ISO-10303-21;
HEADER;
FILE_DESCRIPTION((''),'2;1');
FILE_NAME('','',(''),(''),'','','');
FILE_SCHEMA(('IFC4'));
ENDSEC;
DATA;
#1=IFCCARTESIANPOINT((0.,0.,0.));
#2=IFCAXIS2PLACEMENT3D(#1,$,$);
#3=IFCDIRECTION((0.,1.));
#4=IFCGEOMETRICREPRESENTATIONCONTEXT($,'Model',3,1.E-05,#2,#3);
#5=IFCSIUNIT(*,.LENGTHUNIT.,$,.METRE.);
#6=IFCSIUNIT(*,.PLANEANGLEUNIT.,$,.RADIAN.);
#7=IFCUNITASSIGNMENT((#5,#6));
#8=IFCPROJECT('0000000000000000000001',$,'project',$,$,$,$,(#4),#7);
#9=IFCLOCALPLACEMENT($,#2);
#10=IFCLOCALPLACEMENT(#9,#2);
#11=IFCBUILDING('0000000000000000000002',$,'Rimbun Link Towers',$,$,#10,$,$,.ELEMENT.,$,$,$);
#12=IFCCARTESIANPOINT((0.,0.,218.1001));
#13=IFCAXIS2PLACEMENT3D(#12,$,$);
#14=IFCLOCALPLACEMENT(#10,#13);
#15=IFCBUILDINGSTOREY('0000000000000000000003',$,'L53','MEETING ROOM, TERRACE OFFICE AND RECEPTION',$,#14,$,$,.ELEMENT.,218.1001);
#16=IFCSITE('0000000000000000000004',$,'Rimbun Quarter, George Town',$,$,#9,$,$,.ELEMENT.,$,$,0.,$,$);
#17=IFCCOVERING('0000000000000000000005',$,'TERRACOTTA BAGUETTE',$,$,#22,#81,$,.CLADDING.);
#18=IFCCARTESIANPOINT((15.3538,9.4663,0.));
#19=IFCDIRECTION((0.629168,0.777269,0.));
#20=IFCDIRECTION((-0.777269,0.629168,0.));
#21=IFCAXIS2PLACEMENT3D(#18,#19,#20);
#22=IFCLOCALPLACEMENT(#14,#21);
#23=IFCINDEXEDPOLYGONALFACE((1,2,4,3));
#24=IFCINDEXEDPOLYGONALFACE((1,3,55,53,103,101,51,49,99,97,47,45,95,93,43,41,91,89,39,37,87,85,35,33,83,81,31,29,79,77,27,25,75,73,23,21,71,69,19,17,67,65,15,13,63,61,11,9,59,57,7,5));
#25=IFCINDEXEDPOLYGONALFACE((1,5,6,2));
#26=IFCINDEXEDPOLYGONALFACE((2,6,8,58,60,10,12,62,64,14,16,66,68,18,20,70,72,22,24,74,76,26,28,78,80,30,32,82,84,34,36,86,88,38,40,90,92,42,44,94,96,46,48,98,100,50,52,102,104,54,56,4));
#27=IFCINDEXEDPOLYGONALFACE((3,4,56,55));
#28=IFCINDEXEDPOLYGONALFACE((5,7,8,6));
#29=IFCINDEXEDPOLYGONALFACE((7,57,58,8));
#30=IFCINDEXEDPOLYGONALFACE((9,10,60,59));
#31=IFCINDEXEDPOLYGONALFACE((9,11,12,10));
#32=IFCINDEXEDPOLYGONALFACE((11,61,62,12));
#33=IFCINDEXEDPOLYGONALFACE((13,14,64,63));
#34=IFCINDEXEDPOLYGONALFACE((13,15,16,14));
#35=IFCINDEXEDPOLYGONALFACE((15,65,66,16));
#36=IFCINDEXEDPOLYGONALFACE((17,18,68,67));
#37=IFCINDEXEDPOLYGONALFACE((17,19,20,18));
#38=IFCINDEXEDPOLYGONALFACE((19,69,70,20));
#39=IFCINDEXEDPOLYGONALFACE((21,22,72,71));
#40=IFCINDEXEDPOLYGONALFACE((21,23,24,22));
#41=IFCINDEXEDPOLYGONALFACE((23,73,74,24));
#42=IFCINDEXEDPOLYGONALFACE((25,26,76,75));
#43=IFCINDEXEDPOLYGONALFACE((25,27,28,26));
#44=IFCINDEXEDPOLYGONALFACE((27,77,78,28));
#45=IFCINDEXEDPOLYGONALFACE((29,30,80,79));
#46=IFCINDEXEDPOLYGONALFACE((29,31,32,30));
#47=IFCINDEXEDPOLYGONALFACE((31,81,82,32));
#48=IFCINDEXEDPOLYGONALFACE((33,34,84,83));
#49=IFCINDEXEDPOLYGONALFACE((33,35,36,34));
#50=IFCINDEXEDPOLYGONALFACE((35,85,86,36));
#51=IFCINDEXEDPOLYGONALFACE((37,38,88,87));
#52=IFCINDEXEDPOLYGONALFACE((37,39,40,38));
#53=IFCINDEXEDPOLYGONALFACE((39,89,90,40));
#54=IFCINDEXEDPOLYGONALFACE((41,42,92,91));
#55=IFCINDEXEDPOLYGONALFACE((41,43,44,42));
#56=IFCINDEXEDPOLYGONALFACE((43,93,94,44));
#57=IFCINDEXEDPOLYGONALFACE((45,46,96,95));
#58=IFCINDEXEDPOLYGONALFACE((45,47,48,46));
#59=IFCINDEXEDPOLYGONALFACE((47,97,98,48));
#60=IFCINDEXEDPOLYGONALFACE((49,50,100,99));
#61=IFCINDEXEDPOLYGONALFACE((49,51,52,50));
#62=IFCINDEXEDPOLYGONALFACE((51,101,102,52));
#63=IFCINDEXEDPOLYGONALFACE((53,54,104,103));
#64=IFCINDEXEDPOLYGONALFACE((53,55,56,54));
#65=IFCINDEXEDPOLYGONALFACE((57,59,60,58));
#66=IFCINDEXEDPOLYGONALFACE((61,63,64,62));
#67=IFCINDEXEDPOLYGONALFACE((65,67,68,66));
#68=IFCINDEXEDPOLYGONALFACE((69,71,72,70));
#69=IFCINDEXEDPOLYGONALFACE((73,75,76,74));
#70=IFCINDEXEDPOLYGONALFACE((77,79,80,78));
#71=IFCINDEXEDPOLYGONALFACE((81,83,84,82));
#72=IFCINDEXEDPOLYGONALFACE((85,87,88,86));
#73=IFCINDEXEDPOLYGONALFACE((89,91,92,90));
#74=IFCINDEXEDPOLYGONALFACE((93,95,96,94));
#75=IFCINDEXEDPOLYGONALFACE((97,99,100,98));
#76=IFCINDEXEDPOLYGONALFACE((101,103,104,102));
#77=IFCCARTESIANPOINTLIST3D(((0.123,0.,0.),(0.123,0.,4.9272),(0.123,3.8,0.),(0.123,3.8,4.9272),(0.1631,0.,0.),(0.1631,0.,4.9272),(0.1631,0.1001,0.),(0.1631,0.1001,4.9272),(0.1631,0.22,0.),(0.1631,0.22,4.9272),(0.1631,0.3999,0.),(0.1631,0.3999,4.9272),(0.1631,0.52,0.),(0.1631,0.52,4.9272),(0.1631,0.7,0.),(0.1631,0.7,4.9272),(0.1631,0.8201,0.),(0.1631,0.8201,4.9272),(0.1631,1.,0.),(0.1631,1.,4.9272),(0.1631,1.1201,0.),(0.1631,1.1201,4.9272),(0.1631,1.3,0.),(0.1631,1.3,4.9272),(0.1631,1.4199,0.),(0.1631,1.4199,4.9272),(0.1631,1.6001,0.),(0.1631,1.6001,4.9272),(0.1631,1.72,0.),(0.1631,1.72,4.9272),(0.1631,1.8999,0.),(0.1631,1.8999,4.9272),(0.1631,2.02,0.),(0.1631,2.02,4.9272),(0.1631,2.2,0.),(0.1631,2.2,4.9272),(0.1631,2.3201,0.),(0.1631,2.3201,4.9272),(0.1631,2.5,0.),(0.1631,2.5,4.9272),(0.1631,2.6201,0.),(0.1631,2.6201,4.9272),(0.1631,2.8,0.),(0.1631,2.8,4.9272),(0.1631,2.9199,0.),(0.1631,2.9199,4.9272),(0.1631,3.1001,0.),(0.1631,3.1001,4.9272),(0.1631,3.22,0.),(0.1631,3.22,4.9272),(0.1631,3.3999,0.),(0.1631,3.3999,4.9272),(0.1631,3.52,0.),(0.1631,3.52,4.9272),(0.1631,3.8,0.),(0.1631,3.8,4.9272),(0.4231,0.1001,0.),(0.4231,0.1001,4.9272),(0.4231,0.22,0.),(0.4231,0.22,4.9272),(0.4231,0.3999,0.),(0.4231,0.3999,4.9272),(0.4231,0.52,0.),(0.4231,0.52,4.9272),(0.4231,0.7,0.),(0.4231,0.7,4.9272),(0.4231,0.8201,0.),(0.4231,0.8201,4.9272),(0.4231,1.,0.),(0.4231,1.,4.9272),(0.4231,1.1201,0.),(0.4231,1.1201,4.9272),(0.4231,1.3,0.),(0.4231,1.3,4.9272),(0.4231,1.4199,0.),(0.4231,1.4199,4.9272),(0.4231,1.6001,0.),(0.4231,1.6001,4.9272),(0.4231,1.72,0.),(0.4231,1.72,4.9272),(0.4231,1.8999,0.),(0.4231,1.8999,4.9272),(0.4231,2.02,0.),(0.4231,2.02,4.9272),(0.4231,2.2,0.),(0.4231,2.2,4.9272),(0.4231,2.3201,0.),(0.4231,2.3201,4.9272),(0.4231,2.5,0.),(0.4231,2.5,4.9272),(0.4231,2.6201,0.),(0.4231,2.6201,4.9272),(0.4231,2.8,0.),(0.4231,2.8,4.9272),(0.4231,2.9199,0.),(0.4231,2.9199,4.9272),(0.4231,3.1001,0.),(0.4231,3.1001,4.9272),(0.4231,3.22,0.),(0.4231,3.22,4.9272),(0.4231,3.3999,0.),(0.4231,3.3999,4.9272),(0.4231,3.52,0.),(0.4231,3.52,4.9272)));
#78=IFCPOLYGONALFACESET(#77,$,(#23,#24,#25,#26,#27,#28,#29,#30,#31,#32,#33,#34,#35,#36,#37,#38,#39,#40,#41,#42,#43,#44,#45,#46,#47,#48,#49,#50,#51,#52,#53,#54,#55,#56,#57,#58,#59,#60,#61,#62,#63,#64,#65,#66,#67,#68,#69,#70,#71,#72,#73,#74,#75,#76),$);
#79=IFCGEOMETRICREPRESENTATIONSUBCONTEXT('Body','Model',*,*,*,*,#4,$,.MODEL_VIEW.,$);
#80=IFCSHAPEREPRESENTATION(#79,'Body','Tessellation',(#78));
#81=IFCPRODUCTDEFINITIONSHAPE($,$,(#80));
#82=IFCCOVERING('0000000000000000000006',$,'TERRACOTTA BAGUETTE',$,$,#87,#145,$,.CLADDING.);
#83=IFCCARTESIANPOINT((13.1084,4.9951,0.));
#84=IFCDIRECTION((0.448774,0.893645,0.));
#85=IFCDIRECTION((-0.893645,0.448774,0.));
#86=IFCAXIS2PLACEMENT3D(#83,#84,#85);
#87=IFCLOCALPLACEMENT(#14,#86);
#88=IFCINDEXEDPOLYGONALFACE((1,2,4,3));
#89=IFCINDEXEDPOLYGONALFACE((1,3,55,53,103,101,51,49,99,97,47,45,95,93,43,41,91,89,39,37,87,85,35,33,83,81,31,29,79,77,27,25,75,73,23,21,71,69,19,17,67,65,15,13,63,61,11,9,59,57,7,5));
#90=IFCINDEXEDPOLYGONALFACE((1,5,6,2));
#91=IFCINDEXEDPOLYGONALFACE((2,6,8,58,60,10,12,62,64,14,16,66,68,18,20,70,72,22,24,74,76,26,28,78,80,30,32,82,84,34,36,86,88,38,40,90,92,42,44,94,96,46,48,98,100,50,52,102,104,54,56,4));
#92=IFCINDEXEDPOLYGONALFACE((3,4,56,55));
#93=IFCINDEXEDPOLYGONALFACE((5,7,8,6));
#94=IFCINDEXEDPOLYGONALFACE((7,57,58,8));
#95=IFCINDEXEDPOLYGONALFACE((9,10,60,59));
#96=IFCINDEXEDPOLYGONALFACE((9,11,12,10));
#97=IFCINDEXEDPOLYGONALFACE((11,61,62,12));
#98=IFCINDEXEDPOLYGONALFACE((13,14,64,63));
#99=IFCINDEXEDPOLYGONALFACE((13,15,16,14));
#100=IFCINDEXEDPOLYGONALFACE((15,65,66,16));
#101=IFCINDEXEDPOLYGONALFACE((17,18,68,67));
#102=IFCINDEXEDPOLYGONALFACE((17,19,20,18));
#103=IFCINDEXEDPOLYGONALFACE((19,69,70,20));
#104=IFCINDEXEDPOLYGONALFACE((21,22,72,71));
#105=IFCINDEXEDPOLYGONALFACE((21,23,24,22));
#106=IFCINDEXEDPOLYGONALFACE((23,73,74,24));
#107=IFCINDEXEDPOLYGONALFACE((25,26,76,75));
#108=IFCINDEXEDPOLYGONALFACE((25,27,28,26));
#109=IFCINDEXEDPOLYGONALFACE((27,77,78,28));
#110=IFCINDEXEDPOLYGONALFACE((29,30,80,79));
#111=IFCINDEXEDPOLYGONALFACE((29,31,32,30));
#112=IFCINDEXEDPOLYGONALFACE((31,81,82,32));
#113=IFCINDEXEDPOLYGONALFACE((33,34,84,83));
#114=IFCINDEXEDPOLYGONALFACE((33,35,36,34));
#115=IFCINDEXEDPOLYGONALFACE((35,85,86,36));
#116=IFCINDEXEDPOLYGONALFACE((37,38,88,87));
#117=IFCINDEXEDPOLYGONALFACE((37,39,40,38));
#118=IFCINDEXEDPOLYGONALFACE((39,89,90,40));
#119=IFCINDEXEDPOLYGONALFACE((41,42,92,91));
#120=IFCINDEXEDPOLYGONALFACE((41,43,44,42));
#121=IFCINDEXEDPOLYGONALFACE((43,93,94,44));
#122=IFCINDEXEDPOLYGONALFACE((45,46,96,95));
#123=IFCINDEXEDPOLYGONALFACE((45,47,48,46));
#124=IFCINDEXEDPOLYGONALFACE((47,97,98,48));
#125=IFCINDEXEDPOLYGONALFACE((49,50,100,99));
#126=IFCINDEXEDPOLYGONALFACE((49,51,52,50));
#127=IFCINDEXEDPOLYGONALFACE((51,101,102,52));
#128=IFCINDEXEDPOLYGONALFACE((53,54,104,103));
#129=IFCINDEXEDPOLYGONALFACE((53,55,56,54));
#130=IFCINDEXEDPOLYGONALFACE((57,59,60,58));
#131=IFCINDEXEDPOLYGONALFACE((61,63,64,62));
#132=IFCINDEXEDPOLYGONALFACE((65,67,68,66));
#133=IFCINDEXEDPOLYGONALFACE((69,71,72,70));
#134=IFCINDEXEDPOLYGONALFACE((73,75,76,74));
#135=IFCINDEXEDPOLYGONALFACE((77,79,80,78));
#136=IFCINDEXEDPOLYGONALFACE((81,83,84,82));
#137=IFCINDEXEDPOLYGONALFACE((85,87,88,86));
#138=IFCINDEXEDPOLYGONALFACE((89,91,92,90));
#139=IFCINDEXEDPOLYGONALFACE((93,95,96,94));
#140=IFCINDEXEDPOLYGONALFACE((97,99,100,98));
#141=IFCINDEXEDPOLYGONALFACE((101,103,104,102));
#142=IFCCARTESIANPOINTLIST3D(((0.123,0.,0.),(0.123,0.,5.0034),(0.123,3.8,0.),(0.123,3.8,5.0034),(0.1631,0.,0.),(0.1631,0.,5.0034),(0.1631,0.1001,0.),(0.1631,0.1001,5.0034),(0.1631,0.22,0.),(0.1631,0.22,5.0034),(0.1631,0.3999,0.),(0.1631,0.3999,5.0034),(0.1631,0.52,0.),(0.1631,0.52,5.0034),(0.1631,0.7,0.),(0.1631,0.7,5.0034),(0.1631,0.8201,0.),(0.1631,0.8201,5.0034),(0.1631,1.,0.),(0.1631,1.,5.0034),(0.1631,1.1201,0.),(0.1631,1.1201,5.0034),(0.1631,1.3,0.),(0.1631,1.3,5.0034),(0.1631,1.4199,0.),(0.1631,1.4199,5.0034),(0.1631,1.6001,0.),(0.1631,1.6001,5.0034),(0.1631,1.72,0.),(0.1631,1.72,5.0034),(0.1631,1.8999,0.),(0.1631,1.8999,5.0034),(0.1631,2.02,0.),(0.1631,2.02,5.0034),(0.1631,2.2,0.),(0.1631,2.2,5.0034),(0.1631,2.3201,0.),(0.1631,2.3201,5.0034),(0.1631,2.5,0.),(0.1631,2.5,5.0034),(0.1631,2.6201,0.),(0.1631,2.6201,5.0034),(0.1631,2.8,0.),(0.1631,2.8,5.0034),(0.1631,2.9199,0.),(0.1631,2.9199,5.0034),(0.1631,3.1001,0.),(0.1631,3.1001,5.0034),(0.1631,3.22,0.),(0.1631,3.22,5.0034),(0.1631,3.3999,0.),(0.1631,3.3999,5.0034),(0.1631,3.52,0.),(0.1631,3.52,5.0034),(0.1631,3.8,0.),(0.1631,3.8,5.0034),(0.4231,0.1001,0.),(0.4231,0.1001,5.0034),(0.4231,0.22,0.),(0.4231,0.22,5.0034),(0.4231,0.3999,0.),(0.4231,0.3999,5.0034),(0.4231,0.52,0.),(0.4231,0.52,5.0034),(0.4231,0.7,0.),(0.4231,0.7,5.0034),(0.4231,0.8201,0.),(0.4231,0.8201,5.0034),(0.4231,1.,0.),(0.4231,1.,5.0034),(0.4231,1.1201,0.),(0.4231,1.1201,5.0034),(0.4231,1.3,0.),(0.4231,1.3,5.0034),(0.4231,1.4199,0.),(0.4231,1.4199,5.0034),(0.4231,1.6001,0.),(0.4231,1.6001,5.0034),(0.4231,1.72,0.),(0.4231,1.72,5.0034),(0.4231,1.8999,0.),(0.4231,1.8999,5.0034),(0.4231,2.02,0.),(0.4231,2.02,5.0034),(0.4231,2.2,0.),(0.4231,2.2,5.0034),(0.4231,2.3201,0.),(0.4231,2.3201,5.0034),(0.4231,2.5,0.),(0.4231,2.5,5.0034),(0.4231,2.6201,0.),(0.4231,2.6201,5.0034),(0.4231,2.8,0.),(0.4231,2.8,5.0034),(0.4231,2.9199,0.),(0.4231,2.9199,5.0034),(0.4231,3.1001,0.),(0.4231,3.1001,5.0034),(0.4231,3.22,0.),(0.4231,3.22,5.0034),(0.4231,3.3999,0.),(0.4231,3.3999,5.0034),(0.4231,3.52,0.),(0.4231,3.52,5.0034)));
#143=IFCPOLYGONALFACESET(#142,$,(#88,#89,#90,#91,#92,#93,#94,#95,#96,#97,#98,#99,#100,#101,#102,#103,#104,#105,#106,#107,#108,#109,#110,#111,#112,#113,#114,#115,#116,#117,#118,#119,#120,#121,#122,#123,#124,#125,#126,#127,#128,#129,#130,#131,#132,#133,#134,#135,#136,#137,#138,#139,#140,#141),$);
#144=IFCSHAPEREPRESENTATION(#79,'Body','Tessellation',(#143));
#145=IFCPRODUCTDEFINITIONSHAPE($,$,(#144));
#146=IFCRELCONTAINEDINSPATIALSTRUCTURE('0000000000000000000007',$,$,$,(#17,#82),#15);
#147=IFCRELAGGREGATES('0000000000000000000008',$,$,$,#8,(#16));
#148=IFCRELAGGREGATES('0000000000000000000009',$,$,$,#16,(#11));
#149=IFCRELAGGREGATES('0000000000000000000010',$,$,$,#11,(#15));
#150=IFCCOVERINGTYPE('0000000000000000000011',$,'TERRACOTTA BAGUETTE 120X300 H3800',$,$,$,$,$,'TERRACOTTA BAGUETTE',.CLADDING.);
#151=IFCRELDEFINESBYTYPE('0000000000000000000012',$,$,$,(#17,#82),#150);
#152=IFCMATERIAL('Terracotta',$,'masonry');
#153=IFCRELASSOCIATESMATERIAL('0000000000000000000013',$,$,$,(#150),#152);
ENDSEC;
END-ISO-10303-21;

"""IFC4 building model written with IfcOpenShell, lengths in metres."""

from ifc_helpers import new_model, si_unit, direction, frame, origin, place, context, subcontext, project, spatial, polyline, outline, extrude, material, material_profile, profile_set, type_object, element, save


model = new_model("IFC4")

# Units and contexts
model_context = context("Model", 3, precision=1e-05, world=origin(), true_north=direction((0.0, 1.0)))
body_context = subcontext(model_context, "Body", "Model", "MODEL_VIEW")
ifc_project = project(units=[si_unit("LENGTHUNIT", "METRE"), si_unit("PLANEANGLEUNIT", "RADIAN")], contexts=[model_context])

# Site, building, storey
site_placement = place(None, origin())
site = spatial("IfcSite", under=ifc_project, at=site_placement, Name="Rimbun Quarter, George Town", CompositionType="ELEMENT", RefElevation=0.0)
building_placement = place(site_placement, origin())
building = spatial("IfcBuilding", under=site, at=building_placement, Name="Rimbun Link Towers", CompositionType="ELEMENT")
storey_placement = place(building_placement, frame((0.0, 0.0, 218.1001)))
storey = spatial("IfcBuildingStorey", under=building, at=storey_placement, Name="L53", Description="MEETING ROOM, TERRACE OFFICE AND RECEPTION", CompositionType="ELEMENT", Elevation=218.1001)

# Coverings
ifc_material_1 = material(Name="Terracotta", Category="masonry")
ifc_material_profile_1 = material_profile(ifc_material_1, outline(polyline([(0.123, 0.0), (0.1631, 0.0), (0.1631, 0.1001), (0.4231, 0.1001), (0.4231, 0.22), (0.1631, 0.22), (0.1631, 0.3999), (0.4231, 0.3999), (0.4231, 0.52), (0.1631, 0.52), (0.1631, 0.7), (0.4231, 0.7), (0.4231, 0.8201), (0.1631, 0.8201), (0.1631, 1.0), (0.4231, 1.0), (0.4231, 1.1201), (0.1631, 1.1201), (0.1631, 1.3), (0.4231, 1.3), (0.4231, 1.4199), (0.1631, 1.4199), (0.1631, 1.6001), (0.4231, 1.6001), (0.4231, 1.72), (0.1631, 1.72), (0.1631, 1.8999), (0.4231, 1.8999), (0.4231, 2.02), (0.1631, 2.02), (0.1631, 2.2), (0.4231, 2.2), (0.4231, 2.3201), (0.1631, 2.3201), (0.1631, 2.5), (0.4231, 2.5), (0.4231, 2.6201), (0.1631, 2.6201), (0.1631, 2.8), (0.4231, 2.8), (0.4231, 2.9199), (0.1631, 2.9199), (0.1631, 3.1001), (0.4231, 3.1001), (0.4231, 3.22), (0.1631, 3.22), (0.1631, 3.3999), (0.4231, 3.3999), (0.4231, 3.52), (0.1631, 3.52), (0.1631, 3.8), (0.123, 3.8), (0.123, 0.0)])), Name="BAGUETTE 120X300")
ifc_profile_set_1 = profile_set([ifc_material_profile_1], Name="Terracotta")
covering_type_1 = type_object("IfcCoveringType", Name="TERRACOTTA BAGUETTE 120X300 H3800", ElementType="TERRACOTTA BAGUETTE", PredefinedType="CLADDING", material=ifc_profile_set_1)
covering_1_placement = place(storey_placement, frame((15.3538, 9.4663, 0.0), z_axis=(0.629168, 0.777269, 0.0), x_axis=(-0.777269, 0.629168, 0.0)))
element("IfcCovering", 1, at=covering_1_placement, inside=storey, type_object=covering_type_1, Name="TERRACOTTA BAGUETTE", PredefinedType="CLADDING", context=body_context, shape_type="SweptSolid", body=[
    extrude(outline(polyline([(0.123, 0.0), (0.1631, 0.0), (0.1631, 0.1001), (0.4231, 0.1001), (0.4231, 0.22), (0.1631, 0.22), (0.1631, 0.3999), (0.4231, 0.3999), (0.4231, 0.52), (0.1631, 0.52), (0.1631, 0.7), (0.4231, 0.7), (0.4231, 0.8201), (0.1631, 0.8201), (0.1631, 1.0), (0.4231, 1.0), (0.4231, 1.1201), (0.1631, 1.1201), (0.1631, 1.3), (0.4231, 1.3), (0.4231, 1.4199), (0.1631, 1.4199), (0.1631, 1.6001), (0.4231, 1.6001), (0.4231, 1.72), (0.1631, 1.72), (0.1631, 1.8999), (0.4231, 1.8999), (0.4231, 2.02), (0.1631, 2.02), (0.1631, 2.2), (0.4231, 2.2), (0.4231, 2.3201), (0.1631, 2.3201), (0.1631, 2.5), (0.4231, 2.5), (0.4231, 2.6201), (0.1631, 2.6201), (0.1631, 2.8), (0.4231, 2.8), (0.4231, 2.9199), (0.1631, 2.9199), (0.1631, 3.1001), (0.4231, 3.1001), (0.4231, 3.22), (0.1631, 3.22), (0.1631, 3.3999), (0.4231, 3.3999), (0.4231, 3.52), (0.1631, 3.52), (0.1631, 3.8), (0.123, 3.8), (0.123, 0.0)])), origin(), (0.0, 0.0, 1.0), 4.9272),
])
covering_2_placement = place(storey_placement, frame((13.1084, 4.9951, 0.0), z_axis=(0.448774, 0.893645, 0.0), x_axis=(-0.893645, 0.448774, 0.0)))
element("IfcCovering", 2, at=covering_2_placement, inside=storey, type_object=covering_type_1, Name="TERRACOTTA BAGUETTE", PredefinedType="CLADDING", context=body_context, shape_type="SweptSolid", body=[
    extrude(outline(polyline([(0.123, 0.0), (0.1631, 0.0), (0.1631, 0.1001), (0.4231, 0.1001), (0.4231, 0.22), (0.1631, 0.22), (0.1631, 0.3999), (0.4231, 0.3999), (0.4231, 0.52), (0.1631, 0.52), (0.1631, 0.7), (0.4231, 0.7), (0.4231, 0.8201), (0.1631, 0.8201), (0.1631, 1.0), (0.4231, 1.0), (0.4231, 1.1201), (0.1631, 1.1201), (0.1631, 1.3), (0.4231, 1.3), (0.4231, 1.4199), (0.1631, 1.4199), (0.1631, 1.6001), (0.4231, 1.6001), (0.4231, 1.72), (0.1631, 1.72), (0.1631, 1.8999), (0.4231, 1.8999), (0.4231, 2.02), (0.1631, 2.02), (0.1631, 2.2), (0.4231, 2.2), (0.4231, 2.3201), (0.1631, 2.3201), (0.1631, 2.5), (0.4231, 2.5), (0.4231, 2.6201), (0.1631, 2.6201), (0.1631, 2.8), (0.4231, 2.8), (0.4231, 2.9199), (0.1631, 2.9199), (0.1631, 3.1001), (0.4231, 3.1001), (0.4231, 3.22), (0.1631, 3.22), (0.1631, 3.3999), (0.4231, 3.3999), (0.4231, 3.52), (0.1631, 3.52), (0.1631, 3.8), (0.123, 3.8), (0.123, 0.0)])), origin(), (0.0, 0.0, 1.0), 5.0034),
])

save(model, "model.ifc")
